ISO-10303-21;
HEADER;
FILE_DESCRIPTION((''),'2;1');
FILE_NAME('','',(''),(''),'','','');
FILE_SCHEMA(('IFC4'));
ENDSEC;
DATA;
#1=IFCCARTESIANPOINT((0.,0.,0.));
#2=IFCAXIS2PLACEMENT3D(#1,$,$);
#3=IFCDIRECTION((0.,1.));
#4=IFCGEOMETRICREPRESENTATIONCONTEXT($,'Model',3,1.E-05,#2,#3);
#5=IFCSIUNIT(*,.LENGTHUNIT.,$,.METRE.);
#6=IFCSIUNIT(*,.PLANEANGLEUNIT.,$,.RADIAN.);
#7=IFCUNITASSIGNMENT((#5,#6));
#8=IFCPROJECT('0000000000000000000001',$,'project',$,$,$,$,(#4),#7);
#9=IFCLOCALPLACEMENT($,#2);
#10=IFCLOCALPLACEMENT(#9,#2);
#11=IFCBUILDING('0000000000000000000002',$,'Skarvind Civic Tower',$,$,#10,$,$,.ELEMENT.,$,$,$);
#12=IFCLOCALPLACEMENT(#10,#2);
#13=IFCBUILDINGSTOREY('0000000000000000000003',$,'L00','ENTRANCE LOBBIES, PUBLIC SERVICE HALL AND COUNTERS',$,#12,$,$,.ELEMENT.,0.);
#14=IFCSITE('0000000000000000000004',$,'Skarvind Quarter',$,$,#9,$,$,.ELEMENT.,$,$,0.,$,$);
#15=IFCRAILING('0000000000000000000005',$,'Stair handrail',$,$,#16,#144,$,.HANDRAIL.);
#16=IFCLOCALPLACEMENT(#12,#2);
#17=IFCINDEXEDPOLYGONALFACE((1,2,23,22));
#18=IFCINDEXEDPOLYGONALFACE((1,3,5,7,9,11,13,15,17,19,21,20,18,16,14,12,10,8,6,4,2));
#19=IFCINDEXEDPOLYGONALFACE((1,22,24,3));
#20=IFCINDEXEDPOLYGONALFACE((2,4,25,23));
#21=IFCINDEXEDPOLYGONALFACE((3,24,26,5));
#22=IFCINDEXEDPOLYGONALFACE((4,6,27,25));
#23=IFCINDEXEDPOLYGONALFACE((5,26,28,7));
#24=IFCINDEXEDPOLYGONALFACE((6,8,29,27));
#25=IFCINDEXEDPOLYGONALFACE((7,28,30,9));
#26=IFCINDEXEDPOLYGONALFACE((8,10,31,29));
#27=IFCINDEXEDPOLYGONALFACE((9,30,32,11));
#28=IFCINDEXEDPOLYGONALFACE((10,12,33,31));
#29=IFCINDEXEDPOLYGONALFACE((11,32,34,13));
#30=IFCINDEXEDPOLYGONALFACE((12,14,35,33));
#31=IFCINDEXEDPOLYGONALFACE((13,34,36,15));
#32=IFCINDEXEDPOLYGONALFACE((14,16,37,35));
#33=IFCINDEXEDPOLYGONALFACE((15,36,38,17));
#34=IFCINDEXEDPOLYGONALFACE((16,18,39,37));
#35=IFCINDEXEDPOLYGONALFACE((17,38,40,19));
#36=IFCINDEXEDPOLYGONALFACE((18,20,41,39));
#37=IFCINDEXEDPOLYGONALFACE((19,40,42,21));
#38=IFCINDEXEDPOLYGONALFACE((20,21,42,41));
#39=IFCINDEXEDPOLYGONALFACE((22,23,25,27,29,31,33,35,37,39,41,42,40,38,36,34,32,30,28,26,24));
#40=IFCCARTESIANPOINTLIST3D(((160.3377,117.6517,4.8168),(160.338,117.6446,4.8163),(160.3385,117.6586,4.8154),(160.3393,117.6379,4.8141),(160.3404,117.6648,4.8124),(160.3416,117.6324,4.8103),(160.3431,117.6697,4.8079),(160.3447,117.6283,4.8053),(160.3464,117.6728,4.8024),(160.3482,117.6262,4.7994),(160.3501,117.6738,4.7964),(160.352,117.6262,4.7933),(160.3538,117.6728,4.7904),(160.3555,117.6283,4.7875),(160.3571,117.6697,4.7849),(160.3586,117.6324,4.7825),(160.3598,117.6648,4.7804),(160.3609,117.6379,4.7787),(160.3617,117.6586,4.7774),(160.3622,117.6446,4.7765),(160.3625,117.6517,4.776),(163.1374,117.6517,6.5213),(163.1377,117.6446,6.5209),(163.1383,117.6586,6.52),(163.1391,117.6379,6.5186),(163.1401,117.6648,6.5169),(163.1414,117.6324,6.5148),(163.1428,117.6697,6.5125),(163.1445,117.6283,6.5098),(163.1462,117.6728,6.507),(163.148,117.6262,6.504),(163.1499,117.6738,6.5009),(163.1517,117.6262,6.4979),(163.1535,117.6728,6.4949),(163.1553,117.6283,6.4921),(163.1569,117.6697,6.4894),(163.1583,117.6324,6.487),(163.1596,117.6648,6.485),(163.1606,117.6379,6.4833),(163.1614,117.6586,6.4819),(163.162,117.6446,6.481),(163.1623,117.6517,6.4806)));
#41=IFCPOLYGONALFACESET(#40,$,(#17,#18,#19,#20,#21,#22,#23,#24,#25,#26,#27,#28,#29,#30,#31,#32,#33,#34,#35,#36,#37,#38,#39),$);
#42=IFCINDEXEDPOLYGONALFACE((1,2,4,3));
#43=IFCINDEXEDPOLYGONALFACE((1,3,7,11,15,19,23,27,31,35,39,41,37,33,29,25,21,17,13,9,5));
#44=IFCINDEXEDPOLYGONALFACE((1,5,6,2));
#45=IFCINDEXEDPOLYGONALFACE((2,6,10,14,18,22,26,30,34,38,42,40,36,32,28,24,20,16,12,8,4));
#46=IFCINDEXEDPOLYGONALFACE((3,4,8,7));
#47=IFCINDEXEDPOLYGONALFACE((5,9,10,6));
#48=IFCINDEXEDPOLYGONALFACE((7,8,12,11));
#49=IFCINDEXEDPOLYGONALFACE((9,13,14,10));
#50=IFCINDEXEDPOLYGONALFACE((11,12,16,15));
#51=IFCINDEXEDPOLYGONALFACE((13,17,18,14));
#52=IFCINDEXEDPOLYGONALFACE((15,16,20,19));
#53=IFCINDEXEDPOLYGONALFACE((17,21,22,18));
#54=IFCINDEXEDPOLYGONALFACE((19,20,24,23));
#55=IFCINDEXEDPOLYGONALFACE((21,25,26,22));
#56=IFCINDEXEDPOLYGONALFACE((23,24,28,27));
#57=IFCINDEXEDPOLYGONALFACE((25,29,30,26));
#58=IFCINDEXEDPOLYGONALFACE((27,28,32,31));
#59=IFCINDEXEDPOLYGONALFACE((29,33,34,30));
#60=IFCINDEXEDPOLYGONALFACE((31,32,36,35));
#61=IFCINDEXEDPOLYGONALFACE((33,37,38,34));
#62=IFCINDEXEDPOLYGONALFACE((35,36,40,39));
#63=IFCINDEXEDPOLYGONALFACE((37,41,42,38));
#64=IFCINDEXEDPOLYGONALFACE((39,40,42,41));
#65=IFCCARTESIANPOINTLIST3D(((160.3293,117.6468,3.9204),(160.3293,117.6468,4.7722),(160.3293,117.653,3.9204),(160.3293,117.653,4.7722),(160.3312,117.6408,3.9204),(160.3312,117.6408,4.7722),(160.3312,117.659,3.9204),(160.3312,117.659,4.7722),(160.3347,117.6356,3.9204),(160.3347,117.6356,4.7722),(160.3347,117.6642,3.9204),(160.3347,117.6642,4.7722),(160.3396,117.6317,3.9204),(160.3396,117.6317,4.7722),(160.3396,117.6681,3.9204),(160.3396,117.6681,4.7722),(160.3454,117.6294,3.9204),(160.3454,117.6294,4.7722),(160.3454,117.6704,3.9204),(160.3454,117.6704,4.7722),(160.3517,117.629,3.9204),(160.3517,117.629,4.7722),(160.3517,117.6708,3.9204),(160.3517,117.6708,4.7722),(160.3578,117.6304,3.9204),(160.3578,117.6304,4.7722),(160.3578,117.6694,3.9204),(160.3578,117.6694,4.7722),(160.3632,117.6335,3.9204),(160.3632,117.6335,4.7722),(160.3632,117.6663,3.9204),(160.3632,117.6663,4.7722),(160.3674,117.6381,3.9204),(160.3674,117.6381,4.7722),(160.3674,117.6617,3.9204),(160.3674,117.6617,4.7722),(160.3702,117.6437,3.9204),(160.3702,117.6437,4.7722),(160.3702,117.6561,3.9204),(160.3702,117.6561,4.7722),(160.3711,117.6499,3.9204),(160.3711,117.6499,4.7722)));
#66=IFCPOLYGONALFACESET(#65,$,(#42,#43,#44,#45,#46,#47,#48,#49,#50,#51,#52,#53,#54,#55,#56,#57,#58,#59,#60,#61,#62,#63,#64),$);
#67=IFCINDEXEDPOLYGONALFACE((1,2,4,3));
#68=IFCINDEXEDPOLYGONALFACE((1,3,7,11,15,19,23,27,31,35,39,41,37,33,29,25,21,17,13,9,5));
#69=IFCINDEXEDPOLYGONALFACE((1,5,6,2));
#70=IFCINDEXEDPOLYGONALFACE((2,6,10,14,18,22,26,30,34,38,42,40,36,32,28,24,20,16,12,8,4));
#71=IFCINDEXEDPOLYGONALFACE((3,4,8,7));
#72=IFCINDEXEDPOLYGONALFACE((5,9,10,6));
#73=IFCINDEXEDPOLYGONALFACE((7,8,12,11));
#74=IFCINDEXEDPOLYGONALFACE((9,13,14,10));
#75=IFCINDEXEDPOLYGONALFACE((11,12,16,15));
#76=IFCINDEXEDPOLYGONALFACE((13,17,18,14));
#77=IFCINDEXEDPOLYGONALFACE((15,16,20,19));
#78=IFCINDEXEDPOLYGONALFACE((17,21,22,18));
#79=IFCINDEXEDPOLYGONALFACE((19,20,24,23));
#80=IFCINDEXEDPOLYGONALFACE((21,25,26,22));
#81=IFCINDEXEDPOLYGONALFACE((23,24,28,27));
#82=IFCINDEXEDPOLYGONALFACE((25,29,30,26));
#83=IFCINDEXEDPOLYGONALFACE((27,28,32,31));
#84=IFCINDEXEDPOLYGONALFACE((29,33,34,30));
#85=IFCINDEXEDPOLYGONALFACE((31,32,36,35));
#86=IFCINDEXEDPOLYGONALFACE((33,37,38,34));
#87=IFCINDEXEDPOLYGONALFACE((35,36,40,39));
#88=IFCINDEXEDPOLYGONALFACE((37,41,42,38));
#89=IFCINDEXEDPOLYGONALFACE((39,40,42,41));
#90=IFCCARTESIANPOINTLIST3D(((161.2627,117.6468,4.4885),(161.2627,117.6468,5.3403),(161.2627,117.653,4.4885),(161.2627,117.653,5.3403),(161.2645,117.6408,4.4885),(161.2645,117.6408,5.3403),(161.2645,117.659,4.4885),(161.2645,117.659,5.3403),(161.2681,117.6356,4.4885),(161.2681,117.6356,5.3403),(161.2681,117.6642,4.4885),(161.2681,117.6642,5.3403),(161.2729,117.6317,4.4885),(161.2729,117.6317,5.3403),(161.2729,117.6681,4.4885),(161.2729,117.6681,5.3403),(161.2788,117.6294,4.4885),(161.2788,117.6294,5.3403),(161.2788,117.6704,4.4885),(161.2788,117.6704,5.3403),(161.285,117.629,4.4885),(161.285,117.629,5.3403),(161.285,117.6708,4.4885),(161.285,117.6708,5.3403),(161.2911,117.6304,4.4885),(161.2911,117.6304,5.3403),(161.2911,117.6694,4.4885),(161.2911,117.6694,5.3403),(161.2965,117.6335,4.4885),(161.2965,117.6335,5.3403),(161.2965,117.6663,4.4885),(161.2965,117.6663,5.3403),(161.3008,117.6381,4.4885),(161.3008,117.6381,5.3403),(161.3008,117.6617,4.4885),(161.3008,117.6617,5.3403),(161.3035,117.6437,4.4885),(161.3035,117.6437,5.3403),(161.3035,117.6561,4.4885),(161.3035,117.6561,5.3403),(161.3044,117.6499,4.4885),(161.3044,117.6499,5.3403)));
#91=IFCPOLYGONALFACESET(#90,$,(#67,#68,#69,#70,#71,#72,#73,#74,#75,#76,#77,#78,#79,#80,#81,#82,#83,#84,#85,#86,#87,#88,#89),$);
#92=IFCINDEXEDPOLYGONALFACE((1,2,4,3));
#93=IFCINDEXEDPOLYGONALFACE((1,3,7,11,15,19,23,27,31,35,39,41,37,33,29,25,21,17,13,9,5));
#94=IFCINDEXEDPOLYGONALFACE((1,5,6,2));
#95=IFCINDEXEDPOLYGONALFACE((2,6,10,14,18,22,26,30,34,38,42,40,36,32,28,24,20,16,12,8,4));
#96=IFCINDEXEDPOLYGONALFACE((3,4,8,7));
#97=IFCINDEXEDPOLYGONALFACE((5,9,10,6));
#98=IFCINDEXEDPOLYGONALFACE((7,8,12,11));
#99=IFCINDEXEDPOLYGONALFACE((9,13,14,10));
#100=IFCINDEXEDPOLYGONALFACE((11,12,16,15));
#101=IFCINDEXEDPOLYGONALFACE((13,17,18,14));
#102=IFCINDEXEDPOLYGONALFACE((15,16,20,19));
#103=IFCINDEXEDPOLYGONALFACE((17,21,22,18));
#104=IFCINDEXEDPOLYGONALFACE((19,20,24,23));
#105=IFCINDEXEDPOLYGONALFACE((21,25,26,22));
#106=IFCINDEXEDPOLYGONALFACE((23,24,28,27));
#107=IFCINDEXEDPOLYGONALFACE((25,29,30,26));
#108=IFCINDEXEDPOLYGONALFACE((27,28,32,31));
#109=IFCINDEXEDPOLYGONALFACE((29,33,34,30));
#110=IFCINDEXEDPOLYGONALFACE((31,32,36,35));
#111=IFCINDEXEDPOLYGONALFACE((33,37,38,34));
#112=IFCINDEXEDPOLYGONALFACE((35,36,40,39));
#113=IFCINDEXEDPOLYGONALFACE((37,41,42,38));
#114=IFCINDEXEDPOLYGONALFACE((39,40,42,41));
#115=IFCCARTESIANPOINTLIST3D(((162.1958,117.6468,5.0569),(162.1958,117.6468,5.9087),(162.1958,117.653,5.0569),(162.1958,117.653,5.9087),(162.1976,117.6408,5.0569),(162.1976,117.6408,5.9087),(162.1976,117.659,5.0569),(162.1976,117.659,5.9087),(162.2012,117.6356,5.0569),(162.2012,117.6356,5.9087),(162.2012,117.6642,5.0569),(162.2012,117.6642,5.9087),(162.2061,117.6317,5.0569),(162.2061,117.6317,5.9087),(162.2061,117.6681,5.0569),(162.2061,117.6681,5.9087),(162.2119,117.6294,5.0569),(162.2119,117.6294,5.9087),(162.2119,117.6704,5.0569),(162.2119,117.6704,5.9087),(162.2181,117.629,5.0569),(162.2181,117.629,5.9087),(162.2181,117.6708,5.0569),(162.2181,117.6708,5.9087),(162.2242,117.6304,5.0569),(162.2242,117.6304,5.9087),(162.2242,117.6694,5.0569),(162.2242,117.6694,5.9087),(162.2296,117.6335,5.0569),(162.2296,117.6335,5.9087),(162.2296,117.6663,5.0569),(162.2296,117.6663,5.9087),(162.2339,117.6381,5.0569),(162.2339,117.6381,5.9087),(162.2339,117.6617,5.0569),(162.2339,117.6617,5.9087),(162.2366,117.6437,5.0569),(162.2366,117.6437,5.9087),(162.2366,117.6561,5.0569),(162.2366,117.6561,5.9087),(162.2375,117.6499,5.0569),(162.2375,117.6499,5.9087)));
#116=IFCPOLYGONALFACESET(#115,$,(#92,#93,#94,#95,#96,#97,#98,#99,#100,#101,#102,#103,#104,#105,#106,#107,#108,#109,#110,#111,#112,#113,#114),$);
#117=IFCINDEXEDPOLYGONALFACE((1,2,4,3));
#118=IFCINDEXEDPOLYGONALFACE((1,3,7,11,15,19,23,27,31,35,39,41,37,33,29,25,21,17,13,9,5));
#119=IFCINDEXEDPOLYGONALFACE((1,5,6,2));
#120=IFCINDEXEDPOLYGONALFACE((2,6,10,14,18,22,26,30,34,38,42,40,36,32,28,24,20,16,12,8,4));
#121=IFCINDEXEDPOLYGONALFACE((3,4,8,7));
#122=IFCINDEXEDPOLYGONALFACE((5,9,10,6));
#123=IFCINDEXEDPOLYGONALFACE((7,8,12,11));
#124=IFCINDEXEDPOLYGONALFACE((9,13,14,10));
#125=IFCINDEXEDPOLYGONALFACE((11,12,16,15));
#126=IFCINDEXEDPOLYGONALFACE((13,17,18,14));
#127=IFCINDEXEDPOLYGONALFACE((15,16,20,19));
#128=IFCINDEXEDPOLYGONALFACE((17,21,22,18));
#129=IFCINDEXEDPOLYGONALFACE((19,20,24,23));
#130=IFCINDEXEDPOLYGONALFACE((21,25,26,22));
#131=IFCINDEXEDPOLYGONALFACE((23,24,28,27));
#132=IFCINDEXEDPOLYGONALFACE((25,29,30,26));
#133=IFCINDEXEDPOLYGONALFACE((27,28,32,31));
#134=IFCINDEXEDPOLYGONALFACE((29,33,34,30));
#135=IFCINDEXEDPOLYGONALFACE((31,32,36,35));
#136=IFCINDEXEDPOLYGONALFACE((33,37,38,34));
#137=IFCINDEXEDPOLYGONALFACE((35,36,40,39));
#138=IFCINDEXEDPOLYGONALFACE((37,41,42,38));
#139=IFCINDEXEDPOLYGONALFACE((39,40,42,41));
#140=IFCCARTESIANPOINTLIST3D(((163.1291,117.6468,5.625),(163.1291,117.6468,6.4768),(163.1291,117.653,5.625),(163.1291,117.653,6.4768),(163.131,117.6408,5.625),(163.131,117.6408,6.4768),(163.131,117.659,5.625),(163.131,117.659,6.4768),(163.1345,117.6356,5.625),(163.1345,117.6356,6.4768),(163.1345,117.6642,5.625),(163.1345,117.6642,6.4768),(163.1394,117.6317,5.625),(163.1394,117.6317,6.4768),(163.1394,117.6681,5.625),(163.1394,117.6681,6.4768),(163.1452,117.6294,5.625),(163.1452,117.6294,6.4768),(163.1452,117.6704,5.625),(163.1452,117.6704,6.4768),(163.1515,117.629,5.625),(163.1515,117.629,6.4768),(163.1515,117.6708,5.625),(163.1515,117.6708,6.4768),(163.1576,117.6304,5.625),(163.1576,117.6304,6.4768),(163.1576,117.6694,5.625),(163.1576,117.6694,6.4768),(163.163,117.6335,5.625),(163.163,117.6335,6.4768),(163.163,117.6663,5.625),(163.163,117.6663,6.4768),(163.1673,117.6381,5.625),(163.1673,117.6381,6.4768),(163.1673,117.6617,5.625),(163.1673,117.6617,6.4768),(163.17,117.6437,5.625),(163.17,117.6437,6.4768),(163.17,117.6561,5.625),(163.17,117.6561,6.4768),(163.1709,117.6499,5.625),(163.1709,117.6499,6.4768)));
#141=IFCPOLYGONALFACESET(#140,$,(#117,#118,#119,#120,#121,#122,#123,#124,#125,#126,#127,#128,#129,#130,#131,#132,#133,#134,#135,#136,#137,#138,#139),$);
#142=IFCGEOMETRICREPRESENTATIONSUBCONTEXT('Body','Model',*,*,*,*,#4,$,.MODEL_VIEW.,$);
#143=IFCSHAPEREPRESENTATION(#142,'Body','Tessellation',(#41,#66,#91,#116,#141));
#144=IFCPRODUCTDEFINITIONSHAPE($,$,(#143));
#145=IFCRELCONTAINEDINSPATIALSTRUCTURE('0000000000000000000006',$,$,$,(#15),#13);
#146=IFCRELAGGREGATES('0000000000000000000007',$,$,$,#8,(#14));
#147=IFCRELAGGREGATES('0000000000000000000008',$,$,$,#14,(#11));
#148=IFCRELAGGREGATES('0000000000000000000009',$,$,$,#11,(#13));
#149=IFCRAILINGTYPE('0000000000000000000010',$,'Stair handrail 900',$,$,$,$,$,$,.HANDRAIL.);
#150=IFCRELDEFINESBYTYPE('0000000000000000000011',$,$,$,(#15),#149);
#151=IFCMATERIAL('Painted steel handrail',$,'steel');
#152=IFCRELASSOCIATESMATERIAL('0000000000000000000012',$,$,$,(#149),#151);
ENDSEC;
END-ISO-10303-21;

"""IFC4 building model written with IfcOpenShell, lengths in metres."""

from ifc_helpers import new_model, si_unit, direction, frame, origin, origin_2d, place, context, subcontext, project, spatial, circle, extrude, material, type_object, element, save


model = new_model("IFC4")

# Units and contexts
model_context = context("Model", 3, precision=1e-05, world=origin(), true_north=direction((0.0, 1.0)))
body_context = subcontext(model_context, "Body", "Model", "MODEL_VIEW")
ifc_project = project(units=[si_unit("LENGTHUNIT", "METRE"), si_unit("PLANEANGLEUNIT", "RADIAN")], contexts=[model_context])

# Site, building, storey
site_placement = place(None, origin())
site = spatial("IfcSite", under=ifc_project, at=site_placement, Name="Skarvind Quarter", CompositionType="ELEMENT", RefElevation=0.0)
building_placement = place(site_placement, origin())
building = spatial("IfcBuilding", under=site, at=building_placement, Name="Skarvind Civic Tower", CompositionType="ELEMENT")
storey_placement = place(building_placement, origin())
storey = spatial("IfcBuildingStorey", under=building, at=storey_placement, Name="L00", Description="ENTRANCE LOBBIES, PUBLIC SERVICE HALL AND COUNTERS", CompositionType="ELEMENT", Elevation=0.0)

# Railing
ifc_material_1 = material(Name="Painted steel handrail", Category="steel")
railing_type = type_object("IfcRailingType", Name="Stair handrail 900", PredefinedType="HANDRAIL", material=ifc_material_1)
railing_1_placement = place(storey_placement, frame((160.3501, 117.6499, 3.9204)))
element("IfcRailing", 1, at=railing_1_placement, inside=storey, type_object=railing_type, Name="Stair handrail", PredefinedType="HANDRAIL", context=body_context, shape_type="SweptSolid", body=[
    extrude(circle(Radius=0.0239, at=origin_2d()), frame((0.0, 0.0, 0.876), z_axis=(0.85415, 0.0, 0.520027), x_axis=(0.0, 1.0, 0.0)), (0.0, 0.0, 1.0), 3.2778),
    extrude(circle(Radius=0.021, at=origin_2d()), origin(), (0.0, 0.0, 1.0), 0.8518),
    extrude(circle(Radius=0.021, at=origin_2d()), frame((0.9333, 0.0, 0.5681)), (0.0, 0.0, 1.0), 0.8518),
    extrude(circle(Radius=0.021, at=origin_2d()), frame((1.8665, 0.0, 1.1365)), (0.0, 0.0, 1.0), 0.8518),
    extrude(circle(Radius=0.021, at=origin_2d()), frame((2.7998, 0.0, 1.7046)), (0.0, 0.0, 1.0), 0.8518),
])

save(model, "model.ifc")
